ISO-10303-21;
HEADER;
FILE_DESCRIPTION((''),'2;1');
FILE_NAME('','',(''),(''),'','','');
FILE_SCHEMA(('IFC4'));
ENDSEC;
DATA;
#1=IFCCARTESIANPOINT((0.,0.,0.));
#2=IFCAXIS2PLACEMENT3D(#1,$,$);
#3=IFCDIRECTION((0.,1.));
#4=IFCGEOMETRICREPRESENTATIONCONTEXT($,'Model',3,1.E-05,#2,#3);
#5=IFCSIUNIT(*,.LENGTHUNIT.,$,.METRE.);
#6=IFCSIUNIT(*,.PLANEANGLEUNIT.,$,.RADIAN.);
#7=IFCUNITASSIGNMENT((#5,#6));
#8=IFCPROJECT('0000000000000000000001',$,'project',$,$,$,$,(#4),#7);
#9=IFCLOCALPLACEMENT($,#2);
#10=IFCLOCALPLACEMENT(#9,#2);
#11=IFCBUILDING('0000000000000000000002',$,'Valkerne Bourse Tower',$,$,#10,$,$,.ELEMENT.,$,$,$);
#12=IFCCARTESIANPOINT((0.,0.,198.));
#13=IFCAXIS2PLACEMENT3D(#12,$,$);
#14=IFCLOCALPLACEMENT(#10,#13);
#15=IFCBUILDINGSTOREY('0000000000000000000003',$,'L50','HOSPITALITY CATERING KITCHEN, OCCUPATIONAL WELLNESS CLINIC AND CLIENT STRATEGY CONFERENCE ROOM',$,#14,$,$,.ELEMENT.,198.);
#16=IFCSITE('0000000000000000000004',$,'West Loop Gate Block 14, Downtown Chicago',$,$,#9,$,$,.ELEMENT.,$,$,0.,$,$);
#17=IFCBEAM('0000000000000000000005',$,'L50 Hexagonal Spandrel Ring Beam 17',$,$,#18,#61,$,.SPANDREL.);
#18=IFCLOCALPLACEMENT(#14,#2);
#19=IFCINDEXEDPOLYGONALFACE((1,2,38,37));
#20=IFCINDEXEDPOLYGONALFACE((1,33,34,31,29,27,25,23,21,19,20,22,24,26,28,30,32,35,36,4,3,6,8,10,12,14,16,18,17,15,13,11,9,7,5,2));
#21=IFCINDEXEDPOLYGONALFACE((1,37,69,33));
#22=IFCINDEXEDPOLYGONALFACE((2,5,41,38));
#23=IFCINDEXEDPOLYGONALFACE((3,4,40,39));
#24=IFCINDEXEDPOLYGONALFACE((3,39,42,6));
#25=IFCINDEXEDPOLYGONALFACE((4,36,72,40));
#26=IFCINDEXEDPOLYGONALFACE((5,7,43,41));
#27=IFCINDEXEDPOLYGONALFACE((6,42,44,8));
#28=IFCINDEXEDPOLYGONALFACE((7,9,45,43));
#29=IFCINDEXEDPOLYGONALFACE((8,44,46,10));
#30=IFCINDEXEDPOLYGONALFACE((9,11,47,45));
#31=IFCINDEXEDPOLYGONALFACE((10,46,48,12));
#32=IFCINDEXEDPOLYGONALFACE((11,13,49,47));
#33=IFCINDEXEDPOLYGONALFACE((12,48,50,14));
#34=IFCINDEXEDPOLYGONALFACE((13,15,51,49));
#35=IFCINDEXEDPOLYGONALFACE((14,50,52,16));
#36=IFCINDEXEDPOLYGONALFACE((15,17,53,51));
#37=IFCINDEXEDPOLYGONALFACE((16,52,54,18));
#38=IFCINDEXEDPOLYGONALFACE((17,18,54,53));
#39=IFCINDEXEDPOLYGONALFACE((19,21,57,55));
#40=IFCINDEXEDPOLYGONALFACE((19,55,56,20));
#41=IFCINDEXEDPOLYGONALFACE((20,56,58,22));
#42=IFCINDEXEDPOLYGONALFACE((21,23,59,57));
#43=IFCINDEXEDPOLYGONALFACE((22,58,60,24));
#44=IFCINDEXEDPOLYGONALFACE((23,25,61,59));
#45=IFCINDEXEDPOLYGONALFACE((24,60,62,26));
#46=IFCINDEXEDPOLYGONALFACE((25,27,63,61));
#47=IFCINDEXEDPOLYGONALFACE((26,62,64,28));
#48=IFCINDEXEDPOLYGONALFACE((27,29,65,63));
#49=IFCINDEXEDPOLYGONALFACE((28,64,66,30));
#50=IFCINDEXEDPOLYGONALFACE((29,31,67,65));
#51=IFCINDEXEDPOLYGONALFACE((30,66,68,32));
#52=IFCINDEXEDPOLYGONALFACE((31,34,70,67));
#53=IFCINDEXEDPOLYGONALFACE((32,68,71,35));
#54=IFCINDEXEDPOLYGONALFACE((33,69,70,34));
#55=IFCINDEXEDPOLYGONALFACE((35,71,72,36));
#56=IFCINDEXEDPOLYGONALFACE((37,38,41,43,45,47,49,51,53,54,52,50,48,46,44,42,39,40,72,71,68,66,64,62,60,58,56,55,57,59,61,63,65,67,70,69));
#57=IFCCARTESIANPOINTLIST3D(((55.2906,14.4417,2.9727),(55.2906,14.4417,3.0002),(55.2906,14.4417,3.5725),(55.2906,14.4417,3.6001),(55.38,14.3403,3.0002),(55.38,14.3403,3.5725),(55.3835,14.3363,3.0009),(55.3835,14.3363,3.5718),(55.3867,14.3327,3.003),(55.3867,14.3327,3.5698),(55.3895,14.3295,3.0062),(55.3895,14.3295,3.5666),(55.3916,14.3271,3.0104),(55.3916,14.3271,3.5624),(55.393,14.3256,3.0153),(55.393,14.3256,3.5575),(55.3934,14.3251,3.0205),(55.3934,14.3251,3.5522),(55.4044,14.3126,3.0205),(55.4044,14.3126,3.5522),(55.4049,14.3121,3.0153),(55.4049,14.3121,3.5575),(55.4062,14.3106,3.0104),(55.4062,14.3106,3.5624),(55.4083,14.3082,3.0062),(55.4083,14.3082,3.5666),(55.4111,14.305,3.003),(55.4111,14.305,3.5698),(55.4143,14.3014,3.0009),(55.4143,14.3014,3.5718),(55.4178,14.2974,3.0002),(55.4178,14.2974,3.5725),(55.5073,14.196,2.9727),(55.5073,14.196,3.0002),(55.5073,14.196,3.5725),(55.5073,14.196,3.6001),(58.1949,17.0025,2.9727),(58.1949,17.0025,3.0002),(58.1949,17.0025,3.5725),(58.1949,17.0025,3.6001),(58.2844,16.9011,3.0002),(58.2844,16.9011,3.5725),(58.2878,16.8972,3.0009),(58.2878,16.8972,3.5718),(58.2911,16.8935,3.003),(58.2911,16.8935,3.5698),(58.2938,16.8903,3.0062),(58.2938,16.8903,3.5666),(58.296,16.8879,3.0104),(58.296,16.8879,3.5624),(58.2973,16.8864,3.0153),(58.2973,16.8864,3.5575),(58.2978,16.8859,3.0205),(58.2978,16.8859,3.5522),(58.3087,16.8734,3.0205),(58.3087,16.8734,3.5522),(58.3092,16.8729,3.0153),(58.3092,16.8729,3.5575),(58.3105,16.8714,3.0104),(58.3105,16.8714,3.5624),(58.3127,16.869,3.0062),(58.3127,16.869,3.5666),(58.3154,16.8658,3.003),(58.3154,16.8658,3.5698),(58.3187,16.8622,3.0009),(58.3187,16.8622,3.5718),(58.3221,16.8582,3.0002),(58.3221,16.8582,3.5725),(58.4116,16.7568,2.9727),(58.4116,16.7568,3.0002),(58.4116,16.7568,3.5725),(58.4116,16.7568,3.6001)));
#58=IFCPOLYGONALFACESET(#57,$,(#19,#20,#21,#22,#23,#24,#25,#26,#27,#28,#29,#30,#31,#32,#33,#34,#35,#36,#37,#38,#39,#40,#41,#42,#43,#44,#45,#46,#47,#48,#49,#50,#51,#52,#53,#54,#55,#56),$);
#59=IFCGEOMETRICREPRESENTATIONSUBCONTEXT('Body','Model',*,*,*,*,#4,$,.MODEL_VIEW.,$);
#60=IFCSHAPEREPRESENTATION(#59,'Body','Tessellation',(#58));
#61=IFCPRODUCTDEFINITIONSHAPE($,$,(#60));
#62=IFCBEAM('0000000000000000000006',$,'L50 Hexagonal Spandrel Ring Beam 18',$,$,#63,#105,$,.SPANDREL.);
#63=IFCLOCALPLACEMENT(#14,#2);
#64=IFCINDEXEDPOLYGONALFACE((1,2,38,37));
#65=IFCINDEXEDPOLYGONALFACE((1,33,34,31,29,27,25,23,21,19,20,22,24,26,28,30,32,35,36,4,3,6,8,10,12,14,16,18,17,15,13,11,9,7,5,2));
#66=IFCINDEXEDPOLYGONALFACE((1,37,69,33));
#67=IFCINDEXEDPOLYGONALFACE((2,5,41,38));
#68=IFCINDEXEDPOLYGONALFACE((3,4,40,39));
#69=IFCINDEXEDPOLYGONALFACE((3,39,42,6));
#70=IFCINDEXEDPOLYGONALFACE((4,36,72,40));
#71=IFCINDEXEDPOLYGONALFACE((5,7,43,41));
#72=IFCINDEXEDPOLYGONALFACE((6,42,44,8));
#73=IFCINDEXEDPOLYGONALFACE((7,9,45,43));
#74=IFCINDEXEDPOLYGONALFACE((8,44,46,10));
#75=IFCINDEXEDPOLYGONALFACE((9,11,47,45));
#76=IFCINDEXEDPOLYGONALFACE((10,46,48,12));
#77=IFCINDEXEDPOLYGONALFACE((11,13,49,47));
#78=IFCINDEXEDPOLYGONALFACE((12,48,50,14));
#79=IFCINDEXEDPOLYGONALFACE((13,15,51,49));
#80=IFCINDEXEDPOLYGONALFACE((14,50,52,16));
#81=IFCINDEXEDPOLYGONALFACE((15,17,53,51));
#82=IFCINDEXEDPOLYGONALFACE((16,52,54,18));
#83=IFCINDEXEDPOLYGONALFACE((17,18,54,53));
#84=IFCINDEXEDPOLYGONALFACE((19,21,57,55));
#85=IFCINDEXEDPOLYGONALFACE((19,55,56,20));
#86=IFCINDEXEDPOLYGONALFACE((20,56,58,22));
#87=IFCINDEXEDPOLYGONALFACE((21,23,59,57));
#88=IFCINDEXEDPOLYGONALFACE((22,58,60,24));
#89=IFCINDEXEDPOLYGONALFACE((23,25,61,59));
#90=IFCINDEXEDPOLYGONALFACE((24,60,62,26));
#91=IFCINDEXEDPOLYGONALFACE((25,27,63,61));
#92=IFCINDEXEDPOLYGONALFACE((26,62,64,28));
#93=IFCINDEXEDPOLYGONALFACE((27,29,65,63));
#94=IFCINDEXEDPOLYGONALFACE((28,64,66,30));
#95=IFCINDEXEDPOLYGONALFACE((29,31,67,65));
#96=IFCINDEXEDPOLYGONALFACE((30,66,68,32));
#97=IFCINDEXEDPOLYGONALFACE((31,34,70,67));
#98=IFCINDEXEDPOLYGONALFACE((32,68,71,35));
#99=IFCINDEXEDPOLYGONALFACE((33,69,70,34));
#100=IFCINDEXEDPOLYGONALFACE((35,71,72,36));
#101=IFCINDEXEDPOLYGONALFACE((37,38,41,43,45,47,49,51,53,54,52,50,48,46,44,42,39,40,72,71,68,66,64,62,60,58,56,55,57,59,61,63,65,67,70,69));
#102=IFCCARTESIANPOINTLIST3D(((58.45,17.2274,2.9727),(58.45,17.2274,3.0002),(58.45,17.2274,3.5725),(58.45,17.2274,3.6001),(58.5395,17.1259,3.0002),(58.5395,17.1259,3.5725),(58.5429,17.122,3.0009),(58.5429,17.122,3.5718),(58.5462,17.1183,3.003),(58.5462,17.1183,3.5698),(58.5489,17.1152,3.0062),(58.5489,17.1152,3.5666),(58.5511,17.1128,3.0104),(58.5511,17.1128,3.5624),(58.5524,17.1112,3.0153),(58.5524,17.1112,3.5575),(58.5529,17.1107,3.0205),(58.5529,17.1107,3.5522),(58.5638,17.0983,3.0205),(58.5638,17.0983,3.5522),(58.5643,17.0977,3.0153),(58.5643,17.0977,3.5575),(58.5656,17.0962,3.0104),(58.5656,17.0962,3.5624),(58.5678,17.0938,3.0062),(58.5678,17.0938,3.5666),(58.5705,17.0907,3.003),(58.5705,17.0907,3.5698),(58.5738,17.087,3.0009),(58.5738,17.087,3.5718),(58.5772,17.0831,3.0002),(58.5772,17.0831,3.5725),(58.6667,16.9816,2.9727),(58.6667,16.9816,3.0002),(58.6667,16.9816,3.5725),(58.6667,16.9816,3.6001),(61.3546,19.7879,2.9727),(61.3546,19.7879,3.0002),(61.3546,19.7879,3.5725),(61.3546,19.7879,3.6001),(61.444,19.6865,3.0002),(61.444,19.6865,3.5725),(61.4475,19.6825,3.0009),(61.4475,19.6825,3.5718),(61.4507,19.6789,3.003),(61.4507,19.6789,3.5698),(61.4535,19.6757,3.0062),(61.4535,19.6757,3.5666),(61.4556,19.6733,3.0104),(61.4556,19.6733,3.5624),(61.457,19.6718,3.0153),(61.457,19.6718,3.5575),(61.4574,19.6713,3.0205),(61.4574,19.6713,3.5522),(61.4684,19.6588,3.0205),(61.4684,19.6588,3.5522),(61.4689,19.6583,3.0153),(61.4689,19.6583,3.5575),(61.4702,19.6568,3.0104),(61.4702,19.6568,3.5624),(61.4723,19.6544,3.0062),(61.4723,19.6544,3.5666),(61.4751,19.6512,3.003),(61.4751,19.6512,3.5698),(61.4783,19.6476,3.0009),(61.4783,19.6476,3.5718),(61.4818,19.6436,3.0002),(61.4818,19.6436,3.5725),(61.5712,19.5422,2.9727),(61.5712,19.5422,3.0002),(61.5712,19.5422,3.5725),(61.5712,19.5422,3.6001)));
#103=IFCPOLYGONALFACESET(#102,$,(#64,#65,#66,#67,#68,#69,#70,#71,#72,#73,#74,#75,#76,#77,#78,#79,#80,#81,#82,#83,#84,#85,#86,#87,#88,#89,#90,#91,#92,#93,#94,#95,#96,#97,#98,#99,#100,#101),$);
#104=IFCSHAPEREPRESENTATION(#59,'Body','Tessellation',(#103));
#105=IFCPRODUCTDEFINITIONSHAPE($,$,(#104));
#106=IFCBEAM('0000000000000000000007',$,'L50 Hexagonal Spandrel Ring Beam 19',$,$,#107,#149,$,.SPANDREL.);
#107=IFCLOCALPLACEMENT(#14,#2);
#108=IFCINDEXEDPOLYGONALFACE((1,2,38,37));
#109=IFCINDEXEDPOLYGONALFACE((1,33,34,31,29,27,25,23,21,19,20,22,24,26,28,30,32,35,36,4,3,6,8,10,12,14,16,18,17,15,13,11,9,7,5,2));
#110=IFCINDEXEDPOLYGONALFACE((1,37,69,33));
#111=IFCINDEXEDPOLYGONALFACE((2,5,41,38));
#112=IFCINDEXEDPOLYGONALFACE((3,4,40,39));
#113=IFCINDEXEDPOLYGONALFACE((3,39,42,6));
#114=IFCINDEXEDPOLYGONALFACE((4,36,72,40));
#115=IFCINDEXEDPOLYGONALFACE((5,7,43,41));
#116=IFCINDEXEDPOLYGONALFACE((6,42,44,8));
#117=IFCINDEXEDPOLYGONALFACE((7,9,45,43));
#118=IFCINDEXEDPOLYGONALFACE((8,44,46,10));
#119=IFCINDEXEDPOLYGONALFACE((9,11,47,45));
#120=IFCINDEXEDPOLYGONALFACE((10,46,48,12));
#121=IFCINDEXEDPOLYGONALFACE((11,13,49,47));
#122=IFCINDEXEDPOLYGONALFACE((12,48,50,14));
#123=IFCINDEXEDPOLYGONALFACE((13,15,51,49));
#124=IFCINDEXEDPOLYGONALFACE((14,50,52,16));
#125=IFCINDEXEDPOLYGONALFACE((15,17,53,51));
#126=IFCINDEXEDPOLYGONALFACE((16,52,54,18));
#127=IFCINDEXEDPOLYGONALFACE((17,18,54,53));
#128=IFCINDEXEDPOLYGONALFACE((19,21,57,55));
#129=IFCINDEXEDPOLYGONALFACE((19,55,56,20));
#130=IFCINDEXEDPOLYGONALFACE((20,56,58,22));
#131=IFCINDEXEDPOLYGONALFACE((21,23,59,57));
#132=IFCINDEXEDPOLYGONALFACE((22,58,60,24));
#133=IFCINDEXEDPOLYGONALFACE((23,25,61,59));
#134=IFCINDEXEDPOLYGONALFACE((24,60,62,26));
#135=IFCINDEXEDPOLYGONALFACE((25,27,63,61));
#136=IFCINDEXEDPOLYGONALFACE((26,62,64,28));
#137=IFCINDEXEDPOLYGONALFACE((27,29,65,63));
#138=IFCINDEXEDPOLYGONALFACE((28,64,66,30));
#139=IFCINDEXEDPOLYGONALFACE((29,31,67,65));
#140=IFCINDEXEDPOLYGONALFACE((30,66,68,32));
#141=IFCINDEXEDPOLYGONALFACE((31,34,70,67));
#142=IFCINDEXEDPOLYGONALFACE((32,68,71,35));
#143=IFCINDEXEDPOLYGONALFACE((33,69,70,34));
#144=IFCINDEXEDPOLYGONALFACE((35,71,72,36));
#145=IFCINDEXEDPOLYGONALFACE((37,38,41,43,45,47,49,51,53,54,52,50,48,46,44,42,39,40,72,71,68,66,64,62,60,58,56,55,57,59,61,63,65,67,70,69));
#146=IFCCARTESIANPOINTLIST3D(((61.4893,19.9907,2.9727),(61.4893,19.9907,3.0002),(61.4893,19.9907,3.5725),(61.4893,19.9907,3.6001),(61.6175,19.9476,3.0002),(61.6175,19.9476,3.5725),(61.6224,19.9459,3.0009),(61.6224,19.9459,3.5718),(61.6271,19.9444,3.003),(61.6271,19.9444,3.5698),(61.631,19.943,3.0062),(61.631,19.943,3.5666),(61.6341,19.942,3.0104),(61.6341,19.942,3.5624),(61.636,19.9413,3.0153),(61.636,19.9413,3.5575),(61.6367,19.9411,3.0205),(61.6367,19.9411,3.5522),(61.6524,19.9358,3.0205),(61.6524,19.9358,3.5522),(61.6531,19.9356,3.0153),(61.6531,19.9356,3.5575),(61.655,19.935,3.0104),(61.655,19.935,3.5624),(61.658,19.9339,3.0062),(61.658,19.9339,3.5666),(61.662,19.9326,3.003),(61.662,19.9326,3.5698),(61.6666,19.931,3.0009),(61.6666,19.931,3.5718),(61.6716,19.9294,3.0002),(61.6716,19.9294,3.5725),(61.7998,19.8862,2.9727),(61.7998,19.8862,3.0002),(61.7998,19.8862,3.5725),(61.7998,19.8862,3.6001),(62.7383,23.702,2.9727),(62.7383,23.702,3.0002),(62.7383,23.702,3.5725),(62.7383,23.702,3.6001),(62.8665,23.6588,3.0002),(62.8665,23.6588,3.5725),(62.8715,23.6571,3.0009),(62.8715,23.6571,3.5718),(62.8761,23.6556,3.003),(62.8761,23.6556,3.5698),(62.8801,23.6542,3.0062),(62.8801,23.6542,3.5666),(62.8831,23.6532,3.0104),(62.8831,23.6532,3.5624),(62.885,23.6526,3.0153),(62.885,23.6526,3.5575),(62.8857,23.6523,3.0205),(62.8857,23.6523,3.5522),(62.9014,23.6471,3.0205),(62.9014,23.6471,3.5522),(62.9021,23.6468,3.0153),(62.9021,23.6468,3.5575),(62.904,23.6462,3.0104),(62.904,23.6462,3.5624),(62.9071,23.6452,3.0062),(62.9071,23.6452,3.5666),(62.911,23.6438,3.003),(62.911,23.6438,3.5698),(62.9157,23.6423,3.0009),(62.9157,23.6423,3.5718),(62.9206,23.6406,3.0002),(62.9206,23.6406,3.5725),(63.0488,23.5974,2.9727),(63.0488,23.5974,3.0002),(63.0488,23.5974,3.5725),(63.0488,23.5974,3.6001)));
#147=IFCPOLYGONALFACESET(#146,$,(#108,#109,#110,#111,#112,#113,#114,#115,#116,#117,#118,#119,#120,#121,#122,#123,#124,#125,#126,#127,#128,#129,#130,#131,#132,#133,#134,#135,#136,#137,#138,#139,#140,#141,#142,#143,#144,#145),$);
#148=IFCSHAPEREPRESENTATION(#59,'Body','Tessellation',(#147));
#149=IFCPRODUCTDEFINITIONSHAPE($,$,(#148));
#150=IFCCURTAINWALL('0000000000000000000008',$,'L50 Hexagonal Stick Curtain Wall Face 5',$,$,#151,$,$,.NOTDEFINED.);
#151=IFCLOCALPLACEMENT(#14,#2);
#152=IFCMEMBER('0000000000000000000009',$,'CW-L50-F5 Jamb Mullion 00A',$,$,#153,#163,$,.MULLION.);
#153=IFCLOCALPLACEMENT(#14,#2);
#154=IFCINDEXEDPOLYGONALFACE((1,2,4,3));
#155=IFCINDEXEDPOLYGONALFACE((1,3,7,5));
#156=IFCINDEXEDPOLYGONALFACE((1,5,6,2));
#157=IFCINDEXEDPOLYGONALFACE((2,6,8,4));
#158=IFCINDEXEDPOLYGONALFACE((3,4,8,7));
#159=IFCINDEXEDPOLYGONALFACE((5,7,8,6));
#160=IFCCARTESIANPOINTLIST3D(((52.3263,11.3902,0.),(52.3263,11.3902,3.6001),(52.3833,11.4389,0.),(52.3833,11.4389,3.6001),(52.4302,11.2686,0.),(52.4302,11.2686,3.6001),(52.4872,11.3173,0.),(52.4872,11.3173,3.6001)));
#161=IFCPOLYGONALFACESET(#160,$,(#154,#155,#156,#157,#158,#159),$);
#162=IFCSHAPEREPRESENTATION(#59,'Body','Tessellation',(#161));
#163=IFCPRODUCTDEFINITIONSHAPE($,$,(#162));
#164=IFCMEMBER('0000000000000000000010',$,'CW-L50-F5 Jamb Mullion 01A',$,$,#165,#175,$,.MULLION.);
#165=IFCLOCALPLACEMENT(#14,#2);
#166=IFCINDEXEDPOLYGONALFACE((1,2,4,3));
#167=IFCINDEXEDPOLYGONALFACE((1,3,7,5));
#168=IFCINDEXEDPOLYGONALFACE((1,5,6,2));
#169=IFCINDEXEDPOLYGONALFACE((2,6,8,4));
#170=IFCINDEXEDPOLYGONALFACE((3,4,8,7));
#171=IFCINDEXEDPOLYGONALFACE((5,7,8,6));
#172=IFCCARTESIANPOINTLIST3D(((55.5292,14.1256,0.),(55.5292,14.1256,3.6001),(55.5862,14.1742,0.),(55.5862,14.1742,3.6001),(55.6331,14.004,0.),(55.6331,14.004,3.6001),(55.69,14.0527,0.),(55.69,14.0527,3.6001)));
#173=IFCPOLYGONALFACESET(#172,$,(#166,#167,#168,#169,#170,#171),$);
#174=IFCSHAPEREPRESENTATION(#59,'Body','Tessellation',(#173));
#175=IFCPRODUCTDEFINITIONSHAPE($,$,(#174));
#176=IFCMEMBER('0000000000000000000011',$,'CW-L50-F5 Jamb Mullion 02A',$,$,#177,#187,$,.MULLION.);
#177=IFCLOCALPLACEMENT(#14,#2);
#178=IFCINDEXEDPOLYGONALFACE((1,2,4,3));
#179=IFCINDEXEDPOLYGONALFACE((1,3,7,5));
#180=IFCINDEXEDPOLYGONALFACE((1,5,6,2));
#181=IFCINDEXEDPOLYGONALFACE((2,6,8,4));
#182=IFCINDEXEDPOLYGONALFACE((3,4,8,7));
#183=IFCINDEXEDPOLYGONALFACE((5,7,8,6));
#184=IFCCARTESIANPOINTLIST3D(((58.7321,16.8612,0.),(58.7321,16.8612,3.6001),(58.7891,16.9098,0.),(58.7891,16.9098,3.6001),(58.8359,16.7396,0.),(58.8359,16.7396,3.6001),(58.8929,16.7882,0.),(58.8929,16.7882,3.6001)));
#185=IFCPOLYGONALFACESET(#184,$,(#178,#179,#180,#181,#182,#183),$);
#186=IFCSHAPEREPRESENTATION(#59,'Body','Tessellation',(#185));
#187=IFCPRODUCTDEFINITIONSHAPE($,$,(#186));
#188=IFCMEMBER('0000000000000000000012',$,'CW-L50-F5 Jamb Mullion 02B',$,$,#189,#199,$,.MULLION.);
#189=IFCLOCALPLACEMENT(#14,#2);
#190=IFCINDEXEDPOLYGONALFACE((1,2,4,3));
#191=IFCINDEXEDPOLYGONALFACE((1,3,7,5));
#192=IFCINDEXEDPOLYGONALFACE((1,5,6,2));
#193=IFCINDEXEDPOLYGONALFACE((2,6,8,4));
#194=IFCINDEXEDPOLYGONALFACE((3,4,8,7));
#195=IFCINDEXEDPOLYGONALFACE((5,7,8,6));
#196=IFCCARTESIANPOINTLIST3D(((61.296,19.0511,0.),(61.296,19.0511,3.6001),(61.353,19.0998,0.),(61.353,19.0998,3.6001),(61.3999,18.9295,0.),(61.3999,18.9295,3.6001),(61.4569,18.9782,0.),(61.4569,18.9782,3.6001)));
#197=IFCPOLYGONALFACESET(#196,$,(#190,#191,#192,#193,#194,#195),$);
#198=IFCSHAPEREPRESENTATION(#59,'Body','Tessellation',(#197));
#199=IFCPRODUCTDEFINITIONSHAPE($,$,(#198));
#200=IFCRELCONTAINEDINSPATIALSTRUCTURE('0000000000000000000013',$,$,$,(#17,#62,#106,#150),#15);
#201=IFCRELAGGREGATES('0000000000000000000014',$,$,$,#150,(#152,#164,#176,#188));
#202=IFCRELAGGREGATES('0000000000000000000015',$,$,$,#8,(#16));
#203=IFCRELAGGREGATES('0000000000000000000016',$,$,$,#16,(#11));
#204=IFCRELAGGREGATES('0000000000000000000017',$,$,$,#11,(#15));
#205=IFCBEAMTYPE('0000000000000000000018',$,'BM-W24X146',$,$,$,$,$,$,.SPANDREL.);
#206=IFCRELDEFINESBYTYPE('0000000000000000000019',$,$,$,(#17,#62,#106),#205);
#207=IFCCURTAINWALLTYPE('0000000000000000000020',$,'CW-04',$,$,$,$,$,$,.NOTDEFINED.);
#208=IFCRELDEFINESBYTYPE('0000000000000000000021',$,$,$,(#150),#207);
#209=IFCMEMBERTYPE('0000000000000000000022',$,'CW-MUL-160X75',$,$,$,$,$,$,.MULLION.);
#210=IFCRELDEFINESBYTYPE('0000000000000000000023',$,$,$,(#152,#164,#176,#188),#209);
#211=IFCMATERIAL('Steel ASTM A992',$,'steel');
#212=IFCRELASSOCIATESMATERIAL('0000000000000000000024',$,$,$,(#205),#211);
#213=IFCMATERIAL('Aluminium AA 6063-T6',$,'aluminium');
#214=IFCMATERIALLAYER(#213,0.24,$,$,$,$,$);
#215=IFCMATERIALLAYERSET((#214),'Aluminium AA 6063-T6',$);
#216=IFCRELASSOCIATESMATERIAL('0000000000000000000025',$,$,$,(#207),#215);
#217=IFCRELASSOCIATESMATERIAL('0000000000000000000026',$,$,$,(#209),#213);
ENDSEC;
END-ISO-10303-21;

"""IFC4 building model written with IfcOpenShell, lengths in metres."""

from ifc_helpers import new_model, si_unit, direction, frame, origin, origin_2d, place, context, subcontext, project, spatial, rectangle, i_section, extrude, material, layer, layer_set, material_profile, profile_set, type_object, element, aggregate, save


model = new_model("IFC4")

# Units and contexts
model_context = context("Model", 3, precision=1e-05, world=origin(), true_north=direction((0.0, 1.0)))
body_context = subcontext(model_context, "Body", "Model", "MODEL_VIEW")
ifc_project = project(units=[si_unit("LENGTHUNIT", "METRE"), si_unit("PLANEANGLEUNIT", "RADIAN")], contexts=[model_context])

# Site, building, storey
site_placement = place(None, origin())
site = spatial("IfcSite", under=ifc_project, at=site_placement, Name="West Loop Gate Block 14, Downtown Chicago", CompositionType="ELEMENT", RefElevation=0.0)
building_placement = place(site_placement, origin())
building = spatial("IfcBuilding", under=site, at=building_placement, Name="Valkerne Bourse Tower", CompositionType="ELEMENT")
storey_placement = place(building_placement, frame((0.0, 0.0, 198.0)))
storey = spatial("IfcBuildingStorey", under=building, at=storey_placement, Name="L50", Description="HOSPITALITY CATERING KITCHEN, OCCUPATIONAL WELLNESS CLINIC AND CLIENT STRATEGY CONFERENCE ROOM", CompositionType="ELEMENT", Elevation=198.0)

# Beams
ifc_material_1 = material(Name="Steel ASTM A992", Category="steel")
ifc_material_profile_1 = material_profile(ifc_material_1, i_section(OverallWidth=0.3276, OverallDepth=0.6274, WebThickness=0.0166, FlangeThickness=0.0276, FilletRadius=0.0203, at=origin_2d()), Name="W24X146")
ifc_profile_set_1 = profile_set([ifc_material_profile_1], Name="Steel ASTM A992")
beam_type = type_object("IfcBeamType", Name="BM-W24X146", PredefinedType="SPANDREL", material=ifc_profile_set_1)
for number, where, z_axis, x_axis, name in (
    (1, (55.3989, 14.3188, 3.2864), (0.750071, 0.661357, 0.0), (-0.661357, 0.750071, 0.0), "L50 Hexagonal Spandrel Ring Beam 17"),
    (2, (58.5583, 17.1045, 3.2864), (0.75013, 0.66129, 0.0), (-0.66129, 0.75013, 0.0), "L50 Hexagonal Spandrel Ring Beam 18"),
):
    element("IfcBeam", number, at=place(storey_placement, frame(where, z_axis=z_axis, x_axis=x_axis)), inside=storey, type_object=beam_type, Name=name, PredefinedType="SPANDREL", context=body_context, shape_type="SweptSolid", body=[
        extrude(i_section(OverallWidth=0.3276, OverallDepth=0.6274, WebThickness=0.0166, FlangeThickness=0.0276, FilletRadius=0.0203, at=origin_2d()), origin(), (0.0, 0.0, 1.0), 3.8721),
    ])
beam_1_placement = place(storey_placement, frame((61.6445, 19.9385, 3.2864), z_axis=(0.318976, 0.947763, 0.0), x_axis=(-0.947763, 0.318976, 0.0)))
element("IfcBeam", 3, at=beam_1_placement, inside=storey, type_object=beam_type, Name="L50 Hexagonal Spandrel Ring Beam 19", PredefinedType="SPANDREL", context=body_context, shape_type="SweptSolid", body=[
    extrude(i_section(OverallWidth=0.3276, OverallDepth=0.6274, WebThickness=0.0166, FlangeThickness=0.0276, FilletRadius=0.0203, at=origin_2d()), origin(), (0.0, 0.0, 1.0), 3.9158),
])

# Curtain wall, members
ifc_material_2 = material(Name="Aluminium AA 6063-T6", Category="aluminium")
ifc_layer_1 = layer(ifc_material_2, 0.24)
ifc_layer_set_1 = layer_set([ifc_layer_1], Name="Aluminium AA 6063-T6")
curtain_wall_type = type_object("IfcCurtainWallType", Name="CW-04", PredefinedType="NOTDEFINED", material=ifc_layer_set_1)
curtain_wall_placement = place(storey_placement, origin())
curtain_wall = element("IfcCurtainWall", 4, at=curtain_wall_placement, inside=storey, type_object=curtain_wall_type, Name="L50 Hexagonal Stick Curtain Wall Face 5", PredefinedType="NOTDEFINED")
ifc_material_profile_2 = material_profile(ifc_material_2, rectangle(XDim=0.075, YDim=0.1599, at=origin_2d()), Name="CWM-75X160")
ifc_profile_set_2 = profile_set([ifc_material_profile_2], Name="Aluminium AA 6063-T6")
member_type_1 = type_object("IfcMemberType", Name="CW-MUL-160X75", PredefinedType="MULLION", material=ifc_profile_set_2)
member_1_placement = place(storey_placement, frame((52.4067, 11.3538, 0.0), z_axis=(0.0, 0.0, 1.0), x_axis=(0.760412, 0.649441, 0.0)))
member_1 = element("IfcMember", 5, at=member_1_placement, type_object=member_type_1, Name="CW-L50-F5 Jamb Mullion 00A", PredefinedType="MULLION", context=body_context, shape_type="SweptSolid", body=[
    extrude(rectangle(XDim=0.075, YDim=0.1599, at=origin_2d()), origin(), (0.0, 0.0, 1.0), 3.6001),
])
member_2_placement = place(storey_placement, frame((55.6096, 14.0891, 0.0), z_axis=(0.0, 0.0, 1.0), x_axis=(0.7604, 0.649455, 0.0)))
member_2 = element("IfcMember", 6, at=member_2_placement, type_object=member_type_1, Name="CW-L50-F5 Jamb Mullion 01A", PredefinedType="MULLION", context=body_context, shape_type="SweptSolid", body=[
    extrude(rectangle(XDim=0.075, YDim=0.1599, at=origin_2d()), origin(), (0.0, 0.0, 1.0), 3.6001),
])
member_3_placement = place(storey_placement, frame((58.8125, 16.8247, 0.0), z_axis=(0.0, 0.0, 1.0), x_axis=(0.7604, 0.649455, 0.0)))
member_3 = element("IfcMember", 7, at=member_3_placement, type_object=member_type_1, Name="CW-L50-F5 Jamb Mullion 02A", PredefinedType="MULLION", context=body_context, shape_type="SweptSolid", body=[
    extrude(rectangle(XDim=0.075, YDim=0.1599, at=origin_2d()), origin(), (0.0, 0.0, 1.0), 3.6001),
])
member_4_placement = place(storey_placement, frame((61.3765, 19.0146, 0.0), z_axis=(0.0, 0.0, 1.0), x_axis=(0.7604, 0.649455, 0.0)))
member_4 = element("IfcMember", 8, at=member_4_placement, type_object=member_type_1, Name="CW-L50-F5 Jamb Mullion 02B", PredefinedType="MULLION", context=body_context, shape_type="SweptSolid", body=[
    extrude(rectangle(XDim=0.075, YDim=0.1599, at=origin_2d()), origin(), (0.0, 0.0, 1.0), 3.6001),
])

aggregate(curtain_wall, [member_1, member_2, member_3, member_4])

save(model, "model.ifc")
